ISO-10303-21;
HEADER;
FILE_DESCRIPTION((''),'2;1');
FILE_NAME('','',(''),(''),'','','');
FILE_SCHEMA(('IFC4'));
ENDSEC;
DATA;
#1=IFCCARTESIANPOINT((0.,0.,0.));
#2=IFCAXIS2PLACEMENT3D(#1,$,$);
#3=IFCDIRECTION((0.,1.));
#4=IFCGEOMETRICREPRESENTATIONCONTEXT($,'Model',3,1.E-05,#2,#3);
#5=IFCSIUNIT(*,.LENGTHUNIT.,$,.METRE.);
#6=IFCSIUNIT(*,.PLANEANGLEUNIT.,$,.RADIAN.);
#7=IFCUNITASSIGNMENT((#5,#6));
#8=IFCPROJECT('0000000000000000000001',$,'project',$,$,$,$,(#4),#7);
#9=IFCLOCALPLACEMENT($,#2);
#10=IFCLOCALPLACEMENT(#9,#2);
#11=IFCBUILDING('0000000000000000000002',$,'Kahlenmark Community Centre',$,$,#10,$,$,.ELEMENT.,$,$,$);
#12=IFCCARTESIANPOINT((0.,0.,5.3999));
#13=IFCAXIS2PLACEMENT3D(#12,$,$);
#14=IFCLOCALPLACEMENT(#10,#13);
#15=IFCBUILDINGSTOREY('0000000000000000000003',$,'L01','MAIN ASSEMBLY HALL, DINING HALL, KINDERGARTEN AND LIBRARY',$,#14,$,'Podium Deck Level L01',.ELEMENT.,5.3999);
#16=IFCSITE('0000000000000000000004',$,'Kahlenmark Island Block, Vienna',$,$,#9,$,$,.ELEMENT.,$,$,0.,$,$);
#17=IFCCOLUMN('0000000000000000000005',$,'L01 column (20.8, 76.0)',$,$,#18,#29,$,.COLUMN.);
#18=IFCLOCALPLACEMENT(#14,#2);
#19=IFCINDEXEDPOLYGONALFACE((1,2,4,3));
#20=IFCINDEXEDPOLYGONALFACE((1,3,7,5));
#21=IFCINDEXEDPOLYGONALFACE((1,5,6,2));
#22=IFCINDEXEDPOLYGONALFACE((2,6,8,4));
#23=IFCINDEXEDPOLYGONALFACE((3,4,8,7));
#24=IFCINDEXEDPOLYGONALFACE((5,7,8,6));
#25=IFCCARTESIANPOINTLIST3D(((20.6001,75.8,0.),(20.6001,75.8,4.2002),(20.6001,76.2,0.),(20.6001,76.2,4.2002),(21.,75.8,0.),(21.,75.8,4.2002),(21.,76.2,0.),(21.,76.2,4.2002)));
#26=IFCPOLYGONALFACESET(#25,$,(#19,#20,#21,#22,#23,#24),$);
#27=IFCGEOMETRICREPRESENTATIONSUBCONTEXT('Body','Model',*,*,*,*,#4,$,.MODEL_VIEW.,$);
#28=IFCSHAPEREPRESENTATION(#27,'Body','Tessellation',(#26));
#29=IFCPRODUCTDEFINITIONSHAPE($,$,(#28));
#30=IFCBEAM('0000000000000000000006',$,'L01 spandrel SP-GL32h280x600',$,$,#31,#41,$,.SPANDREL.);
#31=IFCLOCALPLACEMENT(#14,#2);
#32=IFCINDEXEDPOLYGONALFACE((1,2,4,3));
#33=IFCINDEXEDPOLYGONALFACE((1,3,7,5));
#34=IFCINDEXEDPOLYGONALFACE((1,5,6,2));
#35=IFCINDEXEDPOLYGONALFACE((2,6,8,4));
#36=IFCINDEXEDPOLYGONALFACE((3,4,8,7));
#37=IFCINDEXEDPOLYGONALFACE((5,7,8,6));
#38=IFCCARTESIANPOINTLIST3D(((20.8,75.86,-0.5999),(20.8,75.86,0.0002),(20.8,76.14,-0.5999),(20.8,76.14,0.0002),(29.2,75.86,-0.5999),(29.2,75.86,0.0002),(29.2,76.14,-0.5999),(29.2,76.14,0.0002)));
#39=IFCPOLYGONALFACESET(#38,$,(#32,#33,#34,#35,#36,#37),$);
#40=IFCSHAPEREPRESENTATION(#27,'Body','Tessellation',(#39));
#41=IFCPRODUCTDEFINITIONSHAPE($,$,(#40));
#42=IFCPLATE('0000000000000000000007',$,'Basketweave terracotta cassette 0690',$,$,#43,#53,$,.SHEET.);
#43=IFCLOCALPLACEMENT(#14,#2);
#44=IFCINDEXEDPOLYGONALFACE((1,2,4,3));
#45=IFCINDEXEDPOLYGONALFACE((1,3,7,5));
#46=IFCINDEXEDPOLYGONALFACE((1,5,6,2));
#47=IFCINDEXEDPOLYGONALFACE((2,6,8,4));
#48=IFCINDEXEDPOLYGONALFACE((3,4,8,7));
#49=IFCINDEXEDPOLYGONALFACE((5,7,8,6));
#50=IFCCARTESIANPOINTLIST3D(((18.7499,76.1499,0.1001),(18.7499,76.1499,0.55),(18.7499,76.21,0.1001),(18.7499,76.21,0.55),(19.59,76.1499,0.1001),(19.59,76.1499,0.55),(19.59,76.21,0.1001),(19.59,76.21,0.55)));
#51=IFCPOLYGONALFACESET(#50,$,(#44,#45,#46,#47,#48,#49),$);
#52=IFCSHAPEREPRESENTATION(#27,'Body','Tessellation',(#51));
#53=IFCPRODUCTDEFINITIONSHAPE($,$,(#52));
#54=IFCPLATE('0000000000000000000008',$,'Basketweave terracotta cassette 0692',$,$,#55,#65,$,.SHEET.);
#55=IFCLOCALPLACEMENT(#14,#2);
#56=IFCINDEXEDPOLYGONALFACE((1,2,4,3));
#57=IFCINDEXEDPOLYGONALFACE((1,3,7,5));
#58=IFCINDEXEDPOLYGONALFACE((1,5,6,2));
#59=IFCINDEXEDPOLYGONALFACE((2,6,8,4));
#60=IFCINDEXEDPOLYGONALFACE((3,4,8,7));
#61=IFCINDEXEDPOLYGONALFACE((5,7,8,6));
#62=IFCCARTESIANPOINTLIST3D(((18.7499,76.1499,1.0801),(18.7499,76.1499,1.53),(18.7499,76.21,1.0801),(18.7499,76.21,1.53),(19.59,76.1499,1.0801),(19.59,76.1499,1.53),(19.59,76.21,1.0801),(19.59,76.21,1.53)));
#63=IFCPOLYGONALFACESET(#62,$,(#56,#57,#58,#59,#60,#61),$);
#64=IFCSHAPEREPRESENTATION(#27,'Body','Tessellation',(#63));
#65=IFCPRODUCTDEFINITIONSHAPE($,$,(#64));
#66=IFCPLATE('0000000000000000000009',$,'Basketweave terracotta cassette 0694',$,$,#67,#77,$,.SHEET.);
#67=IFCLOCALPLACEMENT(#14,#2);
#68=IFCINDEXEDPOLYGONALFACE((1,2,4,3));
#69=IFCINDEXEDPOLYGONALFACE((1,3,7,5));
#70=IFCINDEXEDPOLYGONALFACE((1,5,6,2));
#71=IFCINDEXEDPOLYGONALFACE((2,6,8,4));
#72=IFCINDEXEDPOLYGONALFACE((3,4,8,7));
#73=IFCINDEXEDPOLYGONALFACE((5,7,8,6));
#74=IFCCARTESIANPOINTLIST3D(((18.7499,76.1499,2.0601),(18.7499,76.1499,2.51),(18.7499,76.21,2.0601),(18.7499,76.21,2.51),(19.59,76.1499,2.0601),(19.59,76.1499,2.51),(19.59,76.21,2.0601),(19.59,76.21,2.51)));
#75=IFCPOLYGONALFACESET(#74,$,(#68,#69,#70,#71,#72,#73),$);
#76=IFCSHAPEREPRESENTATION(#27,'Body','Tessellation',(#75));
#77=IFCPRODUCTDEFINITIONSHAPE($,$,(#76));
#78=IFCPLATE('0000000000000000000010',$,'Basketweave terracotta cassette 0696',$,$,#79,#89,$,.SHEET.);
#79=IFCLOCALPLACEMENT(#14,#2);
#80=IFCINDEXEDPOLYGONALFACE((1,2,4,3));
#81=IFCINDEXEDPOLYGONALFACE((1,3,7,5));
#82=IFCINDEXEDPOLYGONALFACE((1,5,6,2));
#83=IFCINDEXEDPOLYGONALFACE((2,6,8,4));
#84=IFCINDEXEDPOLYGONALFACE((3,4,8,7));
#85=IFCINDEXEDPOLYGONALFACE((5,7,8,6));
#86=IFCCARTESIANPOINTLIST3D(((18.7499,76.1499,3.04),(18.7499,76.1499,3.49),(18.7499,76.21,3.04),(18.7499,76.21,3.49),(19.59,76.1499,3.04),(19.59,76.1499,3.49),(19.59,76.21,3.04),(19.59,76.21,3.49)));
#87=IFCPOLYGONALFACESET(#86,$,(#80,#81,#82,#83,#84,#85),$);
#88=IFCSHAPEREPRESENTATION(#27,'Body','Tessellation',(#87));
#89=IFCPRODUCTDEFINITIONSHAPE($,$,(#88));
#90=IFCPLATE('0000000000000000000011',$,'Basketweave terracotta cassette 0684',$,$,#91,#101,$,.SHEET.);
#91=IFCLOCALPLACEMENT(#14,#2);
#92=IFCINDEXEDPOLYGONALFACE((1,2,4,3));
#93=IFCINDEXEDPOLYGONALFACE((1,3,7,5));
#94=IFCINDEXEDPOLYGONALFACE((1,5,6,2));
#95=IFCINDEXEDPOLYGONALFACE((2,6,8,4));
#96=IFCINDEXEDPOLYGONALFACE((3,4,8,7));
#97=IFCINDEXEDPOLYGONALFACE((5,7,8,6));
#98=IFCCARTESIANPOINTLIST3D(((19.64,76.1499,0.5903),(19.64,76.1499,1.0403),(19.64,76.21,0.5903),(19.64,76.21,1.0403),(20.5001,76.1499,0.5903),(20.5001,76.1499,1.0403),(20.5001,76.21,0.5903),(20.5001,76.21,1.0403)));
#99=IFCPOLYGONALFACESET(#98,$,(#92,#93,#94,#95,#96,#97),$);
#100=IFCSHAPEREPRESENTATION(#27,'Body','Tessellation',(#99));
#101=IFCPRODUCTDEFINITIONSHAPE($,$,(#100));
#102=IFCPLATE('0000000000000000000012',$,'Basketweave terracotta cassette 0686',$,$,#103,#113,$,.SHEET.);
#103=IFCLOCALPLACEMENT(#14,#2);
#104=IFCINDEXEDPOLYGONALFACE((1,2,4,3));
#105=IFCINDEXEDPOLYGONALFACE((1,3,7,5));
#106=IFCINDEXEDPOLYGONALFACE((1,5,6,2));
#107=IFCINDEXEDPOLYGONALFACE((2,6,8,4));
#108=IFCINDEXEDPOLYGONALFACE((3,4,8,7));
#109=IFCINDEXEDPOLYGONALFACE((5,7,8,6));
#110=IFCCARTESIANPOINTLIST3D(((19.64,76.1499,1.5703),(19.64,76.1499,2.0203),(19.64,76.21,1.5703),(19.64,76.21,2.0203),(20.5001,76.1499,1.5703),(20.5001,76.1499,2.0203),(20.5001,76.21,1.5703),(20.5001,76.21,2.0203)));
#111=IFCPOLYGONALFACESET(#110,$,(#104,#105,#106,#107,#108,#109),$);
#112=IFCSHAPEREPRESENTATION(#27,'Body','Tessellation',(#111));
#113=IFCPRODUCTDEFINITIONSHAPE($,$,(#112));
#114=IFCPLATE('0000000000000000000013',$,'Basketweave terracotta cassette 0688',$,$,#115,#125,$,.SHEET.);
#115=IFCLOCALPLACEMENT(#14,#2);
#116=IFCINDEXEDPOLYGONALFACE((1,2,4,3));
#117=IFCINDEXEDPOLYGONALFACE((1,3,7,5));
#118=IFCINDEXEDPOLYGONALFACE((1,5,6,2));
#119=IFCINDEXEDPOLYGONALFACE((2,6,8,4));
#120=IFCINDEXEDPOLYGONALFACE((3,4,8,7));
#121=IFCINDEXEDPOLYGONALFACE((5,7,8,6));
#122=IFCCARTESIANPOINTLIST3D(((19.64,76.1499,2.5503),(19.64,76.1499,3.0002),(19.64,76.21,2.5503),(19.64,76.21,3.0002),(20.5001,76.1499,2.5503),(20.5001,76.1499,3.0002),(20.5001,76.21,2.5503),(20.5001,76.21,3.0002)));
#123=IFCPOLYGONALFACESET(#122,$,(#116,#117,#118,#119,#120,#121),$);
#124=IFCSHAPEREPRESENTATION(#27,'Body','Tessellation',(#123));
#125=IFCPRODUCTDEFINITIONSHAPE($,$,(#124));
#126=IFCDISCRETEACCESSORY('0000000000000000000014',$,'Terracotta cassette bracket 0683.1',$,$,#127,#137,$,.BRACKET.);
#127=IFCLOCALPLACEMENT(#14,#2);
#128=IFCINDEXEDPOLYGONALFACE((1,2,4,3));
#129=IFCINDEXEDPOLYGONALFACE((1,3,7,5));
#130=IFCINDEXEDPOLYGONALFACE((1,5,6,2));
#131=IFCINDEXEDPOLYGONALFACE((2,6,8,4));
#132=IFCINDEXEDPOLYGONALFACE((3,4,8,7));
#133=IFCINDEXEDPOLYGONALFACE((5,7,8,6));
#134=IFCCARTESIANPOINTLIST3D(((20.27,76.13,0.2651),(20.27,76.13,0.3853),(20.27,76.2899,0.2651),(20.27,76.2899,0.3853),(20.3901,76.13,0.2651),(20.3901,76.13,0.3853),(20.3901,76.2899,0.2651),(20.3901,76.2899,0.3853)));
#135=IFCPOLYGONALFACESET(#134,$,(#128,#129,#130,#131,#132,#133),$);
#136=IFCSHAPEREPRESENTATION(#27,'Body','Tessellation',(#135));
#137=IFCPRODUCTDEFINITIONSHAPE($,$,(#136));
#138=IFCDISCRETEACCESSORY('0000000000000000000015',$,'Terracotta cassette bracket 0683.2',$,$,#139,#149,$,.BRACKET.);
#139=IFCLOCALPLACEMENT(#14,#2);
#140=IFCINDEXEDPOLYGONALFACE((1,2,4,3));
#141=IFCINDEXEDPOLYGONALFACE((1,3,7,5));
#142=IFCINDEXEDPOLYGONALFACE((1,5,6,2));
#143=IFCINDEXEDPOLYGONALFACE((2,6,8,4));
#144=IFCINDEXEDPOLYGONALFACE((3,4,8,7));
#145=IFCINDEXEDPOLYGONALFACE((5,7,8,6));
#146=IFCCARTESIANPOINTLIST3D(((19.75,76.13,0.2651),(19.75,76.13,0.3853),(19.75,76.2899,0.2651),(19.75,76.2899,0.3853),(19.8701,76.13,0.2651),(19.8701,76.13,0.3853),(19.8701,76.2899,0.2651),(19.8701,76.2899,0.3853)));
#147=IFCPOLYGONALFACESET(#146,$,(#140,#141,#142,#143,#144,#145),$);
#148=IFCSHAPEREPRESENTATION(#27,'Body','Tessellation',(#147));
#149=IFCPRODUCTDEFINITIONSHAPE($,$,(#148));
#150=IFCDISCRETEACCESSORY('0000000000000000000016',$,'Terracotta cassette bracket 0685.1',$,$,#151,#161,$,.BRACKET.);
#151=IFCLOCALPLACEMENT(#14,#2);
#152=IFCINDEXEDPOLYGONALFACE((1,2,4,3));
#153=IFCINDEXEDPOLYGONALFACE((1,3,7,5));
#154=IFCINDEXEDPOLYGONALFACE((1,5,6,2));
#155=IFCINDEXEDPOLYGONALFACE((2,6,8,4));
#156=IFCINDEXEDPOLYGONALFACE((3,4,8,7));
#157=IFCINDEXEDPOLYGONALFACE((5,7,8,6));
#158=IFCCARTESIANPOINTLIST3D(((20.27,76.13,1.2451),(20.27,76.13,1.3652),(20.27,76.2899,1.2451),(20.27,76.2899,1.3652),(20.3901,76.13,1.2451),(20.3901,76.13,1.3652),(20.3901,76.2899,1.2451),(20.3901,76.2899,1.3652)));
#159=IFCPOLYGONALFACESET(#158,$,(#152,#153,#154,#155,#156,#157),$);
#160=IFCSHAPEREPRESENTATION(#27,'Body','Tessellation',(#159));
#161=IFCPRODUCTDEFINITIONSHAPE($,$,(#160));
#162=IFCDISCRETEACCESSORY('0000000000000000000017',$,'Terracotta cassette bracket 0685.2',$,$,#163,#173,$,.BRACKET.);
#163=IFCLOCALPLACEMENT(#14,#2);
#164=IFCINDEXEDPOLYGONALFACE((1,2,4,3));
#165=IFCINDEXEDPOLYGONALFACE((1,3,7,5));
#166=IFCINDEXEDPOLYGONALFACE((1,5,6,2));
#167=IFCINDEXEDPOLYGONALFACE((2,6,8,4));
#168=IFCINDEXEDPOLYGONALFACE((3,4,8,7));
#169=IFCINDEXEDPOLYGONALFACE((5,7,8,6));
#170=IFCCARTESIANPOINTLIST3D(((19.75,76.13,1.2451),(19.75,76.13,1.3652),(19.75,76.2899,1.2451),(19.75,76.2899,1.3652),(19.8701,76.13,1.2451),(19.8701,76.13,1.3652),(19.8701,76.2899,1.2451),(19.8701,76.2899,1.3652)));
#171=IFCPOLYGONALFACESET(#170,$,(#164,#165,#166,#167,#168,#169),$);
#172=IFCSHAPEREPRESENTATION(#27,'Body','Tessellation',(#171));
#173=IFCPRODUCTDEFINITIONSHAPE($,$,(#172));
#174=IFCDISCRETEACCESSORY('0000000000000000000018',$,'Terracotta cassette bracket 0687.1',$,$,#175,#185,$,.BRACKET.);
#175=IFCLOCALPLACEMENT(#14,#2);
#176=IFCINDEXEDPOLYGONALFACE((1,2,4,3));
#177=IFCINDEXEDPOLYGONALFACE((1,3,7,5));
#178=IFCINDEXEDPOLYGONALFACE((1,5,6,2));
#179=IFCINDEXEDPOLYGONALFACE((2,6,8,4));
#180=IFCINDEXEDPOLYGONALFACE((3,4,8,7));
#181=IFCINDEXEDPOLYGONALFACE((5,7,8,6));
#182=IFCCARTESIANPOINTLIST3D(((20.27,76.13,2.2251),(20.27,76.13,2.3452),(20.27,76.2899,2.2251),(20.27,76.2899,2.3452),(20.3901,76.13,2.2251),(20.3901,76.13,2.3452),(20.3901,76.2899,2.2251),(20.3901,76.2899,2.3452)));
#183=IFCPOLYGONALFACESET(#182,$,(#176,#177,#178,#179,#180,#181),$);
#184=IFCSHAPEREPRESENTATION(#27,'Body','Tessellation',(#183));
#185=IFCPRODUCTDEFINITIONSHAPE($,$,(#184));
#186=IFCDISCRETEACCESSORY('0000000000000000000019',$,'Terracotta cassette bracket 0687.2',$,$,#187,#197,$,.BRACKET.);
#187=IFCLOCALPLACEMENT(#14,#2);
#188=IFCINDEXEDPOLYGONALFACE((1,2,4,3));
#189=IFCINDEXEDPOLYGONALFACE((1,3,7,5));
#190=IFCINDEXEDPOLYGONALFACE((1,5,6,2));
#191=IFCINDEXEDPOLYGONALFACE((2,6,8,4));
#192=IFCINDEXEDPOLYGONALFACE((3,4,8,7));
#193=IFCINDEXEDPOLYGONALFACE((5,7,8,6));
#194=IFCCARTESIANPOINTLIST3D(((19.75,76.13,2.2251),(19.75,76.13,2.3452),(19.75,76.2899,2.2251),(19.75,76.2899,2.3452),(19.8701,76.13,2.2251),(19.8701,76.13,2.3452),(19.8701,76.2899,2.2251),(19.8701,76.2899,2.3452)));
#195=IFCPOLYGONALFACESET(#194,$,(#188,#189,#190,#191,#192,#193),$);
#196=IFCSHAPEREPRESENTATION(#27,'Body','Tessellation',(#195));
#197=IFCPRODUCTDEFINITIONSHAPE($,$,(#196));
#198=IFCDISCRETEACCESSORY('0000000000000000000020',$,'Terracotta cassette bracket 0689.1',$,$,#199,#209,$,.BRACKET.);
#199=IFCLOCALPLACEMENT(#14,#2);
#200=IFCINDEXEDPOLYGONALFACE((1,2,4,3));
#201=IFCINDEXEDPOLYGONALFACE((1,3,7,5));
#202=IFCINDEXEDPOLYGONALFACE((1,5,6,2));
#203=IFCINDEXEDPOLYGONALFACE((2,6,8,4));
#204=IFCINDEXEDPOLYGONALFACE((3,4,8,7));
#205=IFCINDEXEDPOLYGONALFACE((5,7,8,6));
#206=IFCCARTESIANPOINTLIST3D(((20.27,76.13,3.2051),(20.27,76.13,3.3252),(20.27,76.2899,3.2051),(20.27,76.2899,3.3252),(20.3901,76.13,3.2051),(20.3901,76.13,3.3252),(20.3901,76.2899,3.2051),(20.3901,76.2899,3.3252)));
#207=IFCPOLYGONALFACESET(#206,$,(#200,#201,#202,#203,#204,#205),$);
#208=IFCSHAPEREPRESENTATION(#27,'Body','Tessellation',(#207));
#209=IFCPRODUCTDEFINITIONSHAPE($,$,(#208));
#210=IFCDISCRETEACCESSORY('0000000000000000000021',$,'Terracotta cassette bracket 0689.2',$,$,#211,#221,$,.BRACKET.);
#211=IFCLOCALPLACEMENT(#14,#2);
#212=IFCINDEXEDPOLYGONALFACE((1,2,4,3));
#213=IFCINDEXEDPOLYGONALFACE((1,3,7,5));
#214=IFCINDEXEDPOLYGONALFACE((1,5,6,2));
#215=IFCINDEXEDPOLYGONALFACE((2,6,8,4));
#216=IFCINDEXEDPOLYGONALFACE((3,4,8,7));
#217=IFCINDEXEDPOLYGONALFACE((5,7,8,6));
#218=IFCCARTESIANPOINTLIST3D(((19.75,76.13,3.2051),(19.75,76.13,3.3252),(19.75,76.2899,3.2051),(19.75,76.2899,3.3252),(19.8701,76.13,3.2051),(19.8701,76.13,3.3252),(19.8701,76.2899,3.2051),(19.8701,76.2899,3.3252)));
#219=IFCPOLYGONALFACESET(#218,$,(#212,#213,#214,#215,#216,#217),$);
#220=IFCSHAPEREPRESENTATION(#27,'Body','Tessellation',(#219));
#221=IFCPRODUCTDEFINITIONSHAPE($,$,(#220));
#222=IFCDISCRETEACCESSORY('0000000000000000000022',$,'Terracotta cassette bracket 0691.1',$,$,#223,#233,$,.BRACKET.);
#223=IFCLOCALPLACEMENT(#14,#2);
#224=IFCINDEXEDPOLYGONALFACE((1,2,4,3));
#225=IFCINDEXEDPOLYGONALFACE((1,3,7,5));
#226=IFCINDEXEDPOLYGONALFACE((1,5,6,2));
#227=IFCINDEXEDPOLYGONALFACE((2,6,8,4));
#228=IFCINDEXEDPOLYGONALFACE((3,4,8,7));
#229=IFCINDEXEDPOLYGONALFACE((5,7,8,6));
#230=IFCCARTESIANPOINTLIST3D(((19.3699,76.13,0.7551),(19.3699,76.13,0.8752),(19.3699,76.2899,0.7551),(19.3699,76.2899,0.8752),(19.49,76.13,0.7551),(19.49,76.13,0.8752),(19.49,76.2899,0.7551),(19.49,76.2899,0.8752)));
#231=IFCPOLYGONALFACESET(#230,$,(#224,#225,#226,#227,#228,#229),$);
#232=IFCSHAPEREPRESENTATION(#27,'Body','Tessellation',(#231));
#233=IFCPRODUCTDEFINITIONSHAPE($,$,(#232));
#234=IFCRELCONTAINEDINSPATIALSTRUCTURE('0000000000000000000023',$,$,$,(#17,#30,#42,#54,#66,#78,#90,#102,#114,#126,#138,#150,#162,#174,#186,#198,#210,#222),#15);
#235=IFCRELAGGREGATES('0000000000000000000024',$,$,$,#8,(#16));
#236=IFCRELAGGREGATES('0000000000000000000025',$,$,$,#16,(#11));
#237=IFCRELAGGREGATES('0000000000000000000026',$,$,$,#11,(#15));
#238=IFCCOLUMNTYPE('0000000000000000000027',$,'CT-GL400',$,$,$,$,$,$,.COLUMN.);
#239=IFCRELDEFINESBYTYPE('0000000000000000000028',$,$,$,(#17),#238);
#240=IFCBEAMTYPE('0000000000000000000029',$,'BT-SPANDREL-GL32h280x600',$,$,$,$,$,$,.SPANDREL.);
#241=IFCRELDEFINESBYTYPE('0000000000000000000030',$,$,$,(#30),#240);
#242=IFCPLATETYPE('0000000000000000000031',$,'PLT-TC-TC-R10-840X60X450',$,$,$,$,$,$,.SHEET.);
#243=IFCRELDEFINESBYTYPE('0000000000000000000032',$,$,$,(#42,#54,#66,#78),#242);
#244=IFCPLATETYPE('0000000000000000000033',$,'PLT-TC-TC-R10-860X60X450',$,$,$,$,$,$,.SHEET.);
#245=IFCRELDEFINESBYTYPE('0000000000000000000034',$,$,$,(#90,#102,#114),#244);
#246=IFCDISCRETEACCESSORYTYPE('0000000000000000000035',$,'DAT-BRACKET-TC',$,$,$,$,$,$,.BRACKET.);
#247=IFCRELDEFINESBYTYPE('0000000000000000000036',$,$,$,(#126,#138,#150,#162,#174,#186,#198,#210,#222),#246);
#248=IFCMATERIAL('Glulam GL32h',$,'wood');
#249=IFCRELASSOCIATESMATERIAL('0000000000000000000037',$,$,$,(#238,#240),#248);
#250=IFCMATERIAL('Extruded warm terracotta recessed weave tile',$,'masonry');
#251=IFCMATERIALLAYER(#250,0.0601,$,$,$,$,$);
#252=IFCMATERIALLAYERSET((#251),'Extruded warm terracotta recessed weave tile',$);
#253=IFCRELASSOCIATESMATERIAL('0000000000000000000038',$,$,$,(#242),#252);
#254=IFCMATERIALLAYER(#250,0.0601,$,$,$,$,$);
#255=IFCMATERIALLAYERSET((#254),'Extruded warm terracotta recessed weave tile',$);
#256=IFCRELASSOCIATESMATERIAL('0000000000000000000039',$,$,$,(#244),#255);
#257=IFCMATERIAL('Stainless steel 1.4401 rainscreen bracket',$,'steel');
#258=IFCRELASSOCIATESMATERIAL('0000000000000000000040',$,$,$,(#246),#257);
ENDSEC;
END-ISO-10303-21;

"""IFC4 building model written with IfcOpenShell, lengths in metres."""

from ifc_helpers import new_model, si_unit, direction, frame, origin, origin_2d, place, context, subcontext, project, spatial, rectangle, extrude, material, layer, layer_set, material_profile, profile_set, type_object, element, save


model = new_model("IFC4")

# Units and contexts
model_context = context("Model", 3, precision=1e-05, world=origin(), true_north=direction((0.0, 1.0)))
body_context = subcontext(model_context, "Body", "Model", "MODEL_VIEW")
ifc_project = project(units=[si_unit("LENGTHUNIT", "METRE"), si_unit("PLANEANGLEUNIT", "RADIAN")], contexts=[model_context])

# Site, building, storey
site_placement = place(None, origin())
site = spatial("IfcSite", under=ifc_project, at=site_placement, Name="Kahlenmark Island Block, Vienna", CompositionType="ELEMENT", RefElevation=0.0)
building_placement = place(site_placement, origin())
building = spatial("IfcBuilding", under=site, at=building_placement, Name="Kahlenmark Community Centre", CompositionType="ELEMENT")
storey_placement = place(building_placement, frame((0.0, 0.0, 5.3999)))
storey = spatial("IfcBuildingStorey", under=building, at=storey_placement, Name="L01", Description="MAIN ASSEMBLY HALL, DINING HALL, KINDERGARTEN AND LIBRARY", LongName="Podium Deck Level L01", CompositionType="ELEMENT", Elevation=5.3999)

# Column
ifc_material_1 = material(Name="Glulam GL32h", Category="wood")
ifc_material_profile_1 = material_profile(ifc_material_1, rectangle(XDim=0.3999, YDim=0.3999, at=origin_2d()), Name="GL32h 400x400")
ifc_profile_set_1 = profile_set([ifc_material_profile_1], Name="Glulam GL32h")
column_type = type_object("IfcColumnType", Name="CT-GL400", PredefinedType="COLUMN", material=ifc_profile_set_1)
column_placement = place(storey_placement, frame((20.8, 76.0, 0.0), z_axis=(0.0, 0.0, 1.0), x_axis=(1.0, 0.0, 0.0)))
element("IfcColumn", 1, at=column_placement, inside=storey, type_object=column_type, Name="L01 column (20.8, 76.0)", PredefinedType="COLUMN", context=body_context, shape_type="SweptSolid", body=[
    extrude(rectangle(XDim=0.3999, YDim=0.3999, at=origin_2d()), origin(), (0.0, 0.0, 1.0), 4.2002),
])

# Beam
ifc_material_profile_2 = material_profile(ifc_material_1, rectangle(XDim=0.28, YDim=0.6001, at=origin_2d()), Name="GL32h 280x600")
ifc_profile_set_2 = profile_set([ifc_material_profile_2], Name="Glulam GL32h")
beam_type = type_object("IfcBeamType", Name="BT-SPANDREL-GL32h280x600", PredefinedType="SPANDREL", material=ifc_profile_set_2)
beam_placement = place(storey_placement, frame((20.8, 76.0, -0.2998), z_axis=(1.0, 0.0, 0.0), x_axis=(0.0, 1.0, 0.0)))
element("IfcBeam", 2, at=beam_placement, inside=storey, type_object=beam_type, Name="L01 spandrel SP-GL32h280x600", PredefinedType="SPANDREL", context=body_context, shape_type="SweptSolid", body=[
    extrude(rectangle(XDim=0.28, YDim=0.6001, at=origin_2d()), origin(), (0.0, 0.0, 1.0), 8.3999),
])

# Plates
ifc_material_2 = material(Name="Extruded warm terracotta recessed weave tile", Category="masonry")
ifc_layer_1 = layer(ifc_material_2, 0.0601)
ifc_layer_set_1 = layer_set([ifc_layer_1], Name="Extruded warm terracotta recessed weave tile")
plate_type_1 = type_object("IfcPlateType", Name="PLT-TC-TC-R10-840X60X450", PredefinedType="SHEET", material=ifc_layer_set_1)
for number, where, z_axis, x_axis, name in (
    (3, (19.1699, 76.1799, 0.1001), (0.0, 0.0, 1.0), (-1.0, 0.0, 0.0), "Basketweave terracotta cassette 0690"),
    (4, (19.1699, 76.1799, 1.0801), (0.0, 0.0, 1.0), (-1.0, 0.0, 0.0), "Basketweave terracotta cassette 0692"),
    (5, (19.1699, 76.1799, 2.0601), (0.0, 0.0, 1.0), (-1.0, 0.0, 0.0), "Basketweave terracotta cassette 0694"),
    (6, (19.1699, 76.1799, 3.04), (0.0, 0.0, 1.0), (-1.0, 0.0, 0.0), "Basketweave terracotta cassette 0696"),
):
    element("IfcPlate", number, at=place(storey_placement, frame(where, z_axis=z_axis, x_axis=x_axis)), inside=storey, type_object=plate_type_1, Name=name, PredefinedType="SHEET", context=body_context, shape_type="SweptSolid", body=[
        extrude(rectangle(XDim=0.8401, YDim=0.0601, at=origin_2d()), origin(), (0.0, 0.0, 1.0), 0.45),
    ])
ifc_layer_2 = layer(ifc_material_2, 0.0601)
ifc_layer_set_2 = layer_set([ifc_layer_2], Name="Extruded warm terracotta recessed weave tile")
plate_type_2 = type_object("IfcPlateType", Name="PLT-TC-TC-R10-860X60X450", PredefinedType="SHEET", material=ifc_layer_set_2)
for number, where, z_axis, x_axis, name in (
    (7, (20.0701, 76.1799, 0.5903), (0.0, 0.0, 1.0), (-1.0, 0.0, 0.0), "Basketweave terracotta cassette 0684"),
    (8, (20.0701, 76.1799, 1.5703), (0.0, 0.0, 1.0), (-1.0, 0.0, 0.0), "Basketweave terracotta cassette 0686"),
    (9, (20.0701, 76.1799, 2.5503), (0.0, 0.0, 1.0), (-1.0, 0.0, 0.0), "Basketweave terracotta cassette 0688"),
):
    element("IfcPlate", number, at=place(storey_placement, frame(where, z_axis=z_axis, x_axis=x_axis)), inside=storey, type_object=plate_type_2, Name=name, PredefinedType="SHEET", context=body_context, shape_type="SweptSolid", body=[
        extrude(rectangle(XDim=0.8601, YDim=0.0601, at=origin_2d()), origin(), (0.0, 0.0, 1.0), 0.45),
    ])

# Discrete accessories
ifc_material_3 = material(Name="Stainless steel 1.4401 rainscreen bracket", Category="steel")
discrete_accessory_type = type_object("IfcDiscreteAccessoryType", Name="DAT-BRACKET-TC", PredefinedType="BRACKET", material=ifc_material_3)
for number, where, z_axis, x_axis, name in (
    (10, (20.3301, 76.21, 0.2651), (0.0, 0.0, 1.0), (-1.0, 0.0, 0.0), "Terracotta cassette bracket 0683.1"),
    (11, (19.8101, 76.21, 0.2651), (0.0, 0.0, 1.0), (-1.0, 0.0, 0.0), "Terracotta cassette bracket 0683.2"),
    (12, (20.3301, 76.21, 1.2451), (0.0, 0.0, 1.0), (-1.0, 0.0, 0.0), "Terracotta cassette bracket 0685.1"),
    (13, (19.8101, 76.21, 1.2451), (0.0, 0.0, 1.0), (-1.0, 0.0, 0.0), "Terracotta cassette bracket 0685.2"),
    (14, (20.3301, 76.21, 2.2251), (0.0, 0.0, 1.0), (-1.0, 0.0, 0.0), "Terracotta cassette bracket 0687.1"),
    (15, (19.8101, 76.21, 2.2251), (0.0, 0.0, 1.0), (-1.0, 0.0, 0.0), "Terracotta cassette bracket 0687.2"),
    (16, (20.3301, 76.21, 3.2051), (0.0, 0.0, 1.0), (-1.0, 0.0, 0.0), "Terracotta cassette bracket 0689.1"),
    (17, (19.8101, 76.21, 3.2051), (0.0, 0.0, 1.0), (-1.0, 0.0, 0.0), "Terracotta cassette bracket 0689.2"),
    (18, (19.4299, 76.21, 0.7551), (0.0, 0.0, 1.0), (-1.0, 0.0, 0.0), "Terracotta cassette bracket 0691.1"),
):
    element("IfcDiscreteAccessory", number, at=place(storey_placement, frame(where, z_axis=z_axis, x_axis=x_axis)), inside=storey, type_object=discrete_accessory_type, Name=name, PredefinedType="BRACKET", context=body_context, shape_type="SweptSolid", body=[
        extrude(rectangle(XDim=0.1201, YDim=0.1599, at=origin_2d()), origin(), (0.0, 0.0, 1.0), 0.1201),
    ])

save(model, "model.ifc")
